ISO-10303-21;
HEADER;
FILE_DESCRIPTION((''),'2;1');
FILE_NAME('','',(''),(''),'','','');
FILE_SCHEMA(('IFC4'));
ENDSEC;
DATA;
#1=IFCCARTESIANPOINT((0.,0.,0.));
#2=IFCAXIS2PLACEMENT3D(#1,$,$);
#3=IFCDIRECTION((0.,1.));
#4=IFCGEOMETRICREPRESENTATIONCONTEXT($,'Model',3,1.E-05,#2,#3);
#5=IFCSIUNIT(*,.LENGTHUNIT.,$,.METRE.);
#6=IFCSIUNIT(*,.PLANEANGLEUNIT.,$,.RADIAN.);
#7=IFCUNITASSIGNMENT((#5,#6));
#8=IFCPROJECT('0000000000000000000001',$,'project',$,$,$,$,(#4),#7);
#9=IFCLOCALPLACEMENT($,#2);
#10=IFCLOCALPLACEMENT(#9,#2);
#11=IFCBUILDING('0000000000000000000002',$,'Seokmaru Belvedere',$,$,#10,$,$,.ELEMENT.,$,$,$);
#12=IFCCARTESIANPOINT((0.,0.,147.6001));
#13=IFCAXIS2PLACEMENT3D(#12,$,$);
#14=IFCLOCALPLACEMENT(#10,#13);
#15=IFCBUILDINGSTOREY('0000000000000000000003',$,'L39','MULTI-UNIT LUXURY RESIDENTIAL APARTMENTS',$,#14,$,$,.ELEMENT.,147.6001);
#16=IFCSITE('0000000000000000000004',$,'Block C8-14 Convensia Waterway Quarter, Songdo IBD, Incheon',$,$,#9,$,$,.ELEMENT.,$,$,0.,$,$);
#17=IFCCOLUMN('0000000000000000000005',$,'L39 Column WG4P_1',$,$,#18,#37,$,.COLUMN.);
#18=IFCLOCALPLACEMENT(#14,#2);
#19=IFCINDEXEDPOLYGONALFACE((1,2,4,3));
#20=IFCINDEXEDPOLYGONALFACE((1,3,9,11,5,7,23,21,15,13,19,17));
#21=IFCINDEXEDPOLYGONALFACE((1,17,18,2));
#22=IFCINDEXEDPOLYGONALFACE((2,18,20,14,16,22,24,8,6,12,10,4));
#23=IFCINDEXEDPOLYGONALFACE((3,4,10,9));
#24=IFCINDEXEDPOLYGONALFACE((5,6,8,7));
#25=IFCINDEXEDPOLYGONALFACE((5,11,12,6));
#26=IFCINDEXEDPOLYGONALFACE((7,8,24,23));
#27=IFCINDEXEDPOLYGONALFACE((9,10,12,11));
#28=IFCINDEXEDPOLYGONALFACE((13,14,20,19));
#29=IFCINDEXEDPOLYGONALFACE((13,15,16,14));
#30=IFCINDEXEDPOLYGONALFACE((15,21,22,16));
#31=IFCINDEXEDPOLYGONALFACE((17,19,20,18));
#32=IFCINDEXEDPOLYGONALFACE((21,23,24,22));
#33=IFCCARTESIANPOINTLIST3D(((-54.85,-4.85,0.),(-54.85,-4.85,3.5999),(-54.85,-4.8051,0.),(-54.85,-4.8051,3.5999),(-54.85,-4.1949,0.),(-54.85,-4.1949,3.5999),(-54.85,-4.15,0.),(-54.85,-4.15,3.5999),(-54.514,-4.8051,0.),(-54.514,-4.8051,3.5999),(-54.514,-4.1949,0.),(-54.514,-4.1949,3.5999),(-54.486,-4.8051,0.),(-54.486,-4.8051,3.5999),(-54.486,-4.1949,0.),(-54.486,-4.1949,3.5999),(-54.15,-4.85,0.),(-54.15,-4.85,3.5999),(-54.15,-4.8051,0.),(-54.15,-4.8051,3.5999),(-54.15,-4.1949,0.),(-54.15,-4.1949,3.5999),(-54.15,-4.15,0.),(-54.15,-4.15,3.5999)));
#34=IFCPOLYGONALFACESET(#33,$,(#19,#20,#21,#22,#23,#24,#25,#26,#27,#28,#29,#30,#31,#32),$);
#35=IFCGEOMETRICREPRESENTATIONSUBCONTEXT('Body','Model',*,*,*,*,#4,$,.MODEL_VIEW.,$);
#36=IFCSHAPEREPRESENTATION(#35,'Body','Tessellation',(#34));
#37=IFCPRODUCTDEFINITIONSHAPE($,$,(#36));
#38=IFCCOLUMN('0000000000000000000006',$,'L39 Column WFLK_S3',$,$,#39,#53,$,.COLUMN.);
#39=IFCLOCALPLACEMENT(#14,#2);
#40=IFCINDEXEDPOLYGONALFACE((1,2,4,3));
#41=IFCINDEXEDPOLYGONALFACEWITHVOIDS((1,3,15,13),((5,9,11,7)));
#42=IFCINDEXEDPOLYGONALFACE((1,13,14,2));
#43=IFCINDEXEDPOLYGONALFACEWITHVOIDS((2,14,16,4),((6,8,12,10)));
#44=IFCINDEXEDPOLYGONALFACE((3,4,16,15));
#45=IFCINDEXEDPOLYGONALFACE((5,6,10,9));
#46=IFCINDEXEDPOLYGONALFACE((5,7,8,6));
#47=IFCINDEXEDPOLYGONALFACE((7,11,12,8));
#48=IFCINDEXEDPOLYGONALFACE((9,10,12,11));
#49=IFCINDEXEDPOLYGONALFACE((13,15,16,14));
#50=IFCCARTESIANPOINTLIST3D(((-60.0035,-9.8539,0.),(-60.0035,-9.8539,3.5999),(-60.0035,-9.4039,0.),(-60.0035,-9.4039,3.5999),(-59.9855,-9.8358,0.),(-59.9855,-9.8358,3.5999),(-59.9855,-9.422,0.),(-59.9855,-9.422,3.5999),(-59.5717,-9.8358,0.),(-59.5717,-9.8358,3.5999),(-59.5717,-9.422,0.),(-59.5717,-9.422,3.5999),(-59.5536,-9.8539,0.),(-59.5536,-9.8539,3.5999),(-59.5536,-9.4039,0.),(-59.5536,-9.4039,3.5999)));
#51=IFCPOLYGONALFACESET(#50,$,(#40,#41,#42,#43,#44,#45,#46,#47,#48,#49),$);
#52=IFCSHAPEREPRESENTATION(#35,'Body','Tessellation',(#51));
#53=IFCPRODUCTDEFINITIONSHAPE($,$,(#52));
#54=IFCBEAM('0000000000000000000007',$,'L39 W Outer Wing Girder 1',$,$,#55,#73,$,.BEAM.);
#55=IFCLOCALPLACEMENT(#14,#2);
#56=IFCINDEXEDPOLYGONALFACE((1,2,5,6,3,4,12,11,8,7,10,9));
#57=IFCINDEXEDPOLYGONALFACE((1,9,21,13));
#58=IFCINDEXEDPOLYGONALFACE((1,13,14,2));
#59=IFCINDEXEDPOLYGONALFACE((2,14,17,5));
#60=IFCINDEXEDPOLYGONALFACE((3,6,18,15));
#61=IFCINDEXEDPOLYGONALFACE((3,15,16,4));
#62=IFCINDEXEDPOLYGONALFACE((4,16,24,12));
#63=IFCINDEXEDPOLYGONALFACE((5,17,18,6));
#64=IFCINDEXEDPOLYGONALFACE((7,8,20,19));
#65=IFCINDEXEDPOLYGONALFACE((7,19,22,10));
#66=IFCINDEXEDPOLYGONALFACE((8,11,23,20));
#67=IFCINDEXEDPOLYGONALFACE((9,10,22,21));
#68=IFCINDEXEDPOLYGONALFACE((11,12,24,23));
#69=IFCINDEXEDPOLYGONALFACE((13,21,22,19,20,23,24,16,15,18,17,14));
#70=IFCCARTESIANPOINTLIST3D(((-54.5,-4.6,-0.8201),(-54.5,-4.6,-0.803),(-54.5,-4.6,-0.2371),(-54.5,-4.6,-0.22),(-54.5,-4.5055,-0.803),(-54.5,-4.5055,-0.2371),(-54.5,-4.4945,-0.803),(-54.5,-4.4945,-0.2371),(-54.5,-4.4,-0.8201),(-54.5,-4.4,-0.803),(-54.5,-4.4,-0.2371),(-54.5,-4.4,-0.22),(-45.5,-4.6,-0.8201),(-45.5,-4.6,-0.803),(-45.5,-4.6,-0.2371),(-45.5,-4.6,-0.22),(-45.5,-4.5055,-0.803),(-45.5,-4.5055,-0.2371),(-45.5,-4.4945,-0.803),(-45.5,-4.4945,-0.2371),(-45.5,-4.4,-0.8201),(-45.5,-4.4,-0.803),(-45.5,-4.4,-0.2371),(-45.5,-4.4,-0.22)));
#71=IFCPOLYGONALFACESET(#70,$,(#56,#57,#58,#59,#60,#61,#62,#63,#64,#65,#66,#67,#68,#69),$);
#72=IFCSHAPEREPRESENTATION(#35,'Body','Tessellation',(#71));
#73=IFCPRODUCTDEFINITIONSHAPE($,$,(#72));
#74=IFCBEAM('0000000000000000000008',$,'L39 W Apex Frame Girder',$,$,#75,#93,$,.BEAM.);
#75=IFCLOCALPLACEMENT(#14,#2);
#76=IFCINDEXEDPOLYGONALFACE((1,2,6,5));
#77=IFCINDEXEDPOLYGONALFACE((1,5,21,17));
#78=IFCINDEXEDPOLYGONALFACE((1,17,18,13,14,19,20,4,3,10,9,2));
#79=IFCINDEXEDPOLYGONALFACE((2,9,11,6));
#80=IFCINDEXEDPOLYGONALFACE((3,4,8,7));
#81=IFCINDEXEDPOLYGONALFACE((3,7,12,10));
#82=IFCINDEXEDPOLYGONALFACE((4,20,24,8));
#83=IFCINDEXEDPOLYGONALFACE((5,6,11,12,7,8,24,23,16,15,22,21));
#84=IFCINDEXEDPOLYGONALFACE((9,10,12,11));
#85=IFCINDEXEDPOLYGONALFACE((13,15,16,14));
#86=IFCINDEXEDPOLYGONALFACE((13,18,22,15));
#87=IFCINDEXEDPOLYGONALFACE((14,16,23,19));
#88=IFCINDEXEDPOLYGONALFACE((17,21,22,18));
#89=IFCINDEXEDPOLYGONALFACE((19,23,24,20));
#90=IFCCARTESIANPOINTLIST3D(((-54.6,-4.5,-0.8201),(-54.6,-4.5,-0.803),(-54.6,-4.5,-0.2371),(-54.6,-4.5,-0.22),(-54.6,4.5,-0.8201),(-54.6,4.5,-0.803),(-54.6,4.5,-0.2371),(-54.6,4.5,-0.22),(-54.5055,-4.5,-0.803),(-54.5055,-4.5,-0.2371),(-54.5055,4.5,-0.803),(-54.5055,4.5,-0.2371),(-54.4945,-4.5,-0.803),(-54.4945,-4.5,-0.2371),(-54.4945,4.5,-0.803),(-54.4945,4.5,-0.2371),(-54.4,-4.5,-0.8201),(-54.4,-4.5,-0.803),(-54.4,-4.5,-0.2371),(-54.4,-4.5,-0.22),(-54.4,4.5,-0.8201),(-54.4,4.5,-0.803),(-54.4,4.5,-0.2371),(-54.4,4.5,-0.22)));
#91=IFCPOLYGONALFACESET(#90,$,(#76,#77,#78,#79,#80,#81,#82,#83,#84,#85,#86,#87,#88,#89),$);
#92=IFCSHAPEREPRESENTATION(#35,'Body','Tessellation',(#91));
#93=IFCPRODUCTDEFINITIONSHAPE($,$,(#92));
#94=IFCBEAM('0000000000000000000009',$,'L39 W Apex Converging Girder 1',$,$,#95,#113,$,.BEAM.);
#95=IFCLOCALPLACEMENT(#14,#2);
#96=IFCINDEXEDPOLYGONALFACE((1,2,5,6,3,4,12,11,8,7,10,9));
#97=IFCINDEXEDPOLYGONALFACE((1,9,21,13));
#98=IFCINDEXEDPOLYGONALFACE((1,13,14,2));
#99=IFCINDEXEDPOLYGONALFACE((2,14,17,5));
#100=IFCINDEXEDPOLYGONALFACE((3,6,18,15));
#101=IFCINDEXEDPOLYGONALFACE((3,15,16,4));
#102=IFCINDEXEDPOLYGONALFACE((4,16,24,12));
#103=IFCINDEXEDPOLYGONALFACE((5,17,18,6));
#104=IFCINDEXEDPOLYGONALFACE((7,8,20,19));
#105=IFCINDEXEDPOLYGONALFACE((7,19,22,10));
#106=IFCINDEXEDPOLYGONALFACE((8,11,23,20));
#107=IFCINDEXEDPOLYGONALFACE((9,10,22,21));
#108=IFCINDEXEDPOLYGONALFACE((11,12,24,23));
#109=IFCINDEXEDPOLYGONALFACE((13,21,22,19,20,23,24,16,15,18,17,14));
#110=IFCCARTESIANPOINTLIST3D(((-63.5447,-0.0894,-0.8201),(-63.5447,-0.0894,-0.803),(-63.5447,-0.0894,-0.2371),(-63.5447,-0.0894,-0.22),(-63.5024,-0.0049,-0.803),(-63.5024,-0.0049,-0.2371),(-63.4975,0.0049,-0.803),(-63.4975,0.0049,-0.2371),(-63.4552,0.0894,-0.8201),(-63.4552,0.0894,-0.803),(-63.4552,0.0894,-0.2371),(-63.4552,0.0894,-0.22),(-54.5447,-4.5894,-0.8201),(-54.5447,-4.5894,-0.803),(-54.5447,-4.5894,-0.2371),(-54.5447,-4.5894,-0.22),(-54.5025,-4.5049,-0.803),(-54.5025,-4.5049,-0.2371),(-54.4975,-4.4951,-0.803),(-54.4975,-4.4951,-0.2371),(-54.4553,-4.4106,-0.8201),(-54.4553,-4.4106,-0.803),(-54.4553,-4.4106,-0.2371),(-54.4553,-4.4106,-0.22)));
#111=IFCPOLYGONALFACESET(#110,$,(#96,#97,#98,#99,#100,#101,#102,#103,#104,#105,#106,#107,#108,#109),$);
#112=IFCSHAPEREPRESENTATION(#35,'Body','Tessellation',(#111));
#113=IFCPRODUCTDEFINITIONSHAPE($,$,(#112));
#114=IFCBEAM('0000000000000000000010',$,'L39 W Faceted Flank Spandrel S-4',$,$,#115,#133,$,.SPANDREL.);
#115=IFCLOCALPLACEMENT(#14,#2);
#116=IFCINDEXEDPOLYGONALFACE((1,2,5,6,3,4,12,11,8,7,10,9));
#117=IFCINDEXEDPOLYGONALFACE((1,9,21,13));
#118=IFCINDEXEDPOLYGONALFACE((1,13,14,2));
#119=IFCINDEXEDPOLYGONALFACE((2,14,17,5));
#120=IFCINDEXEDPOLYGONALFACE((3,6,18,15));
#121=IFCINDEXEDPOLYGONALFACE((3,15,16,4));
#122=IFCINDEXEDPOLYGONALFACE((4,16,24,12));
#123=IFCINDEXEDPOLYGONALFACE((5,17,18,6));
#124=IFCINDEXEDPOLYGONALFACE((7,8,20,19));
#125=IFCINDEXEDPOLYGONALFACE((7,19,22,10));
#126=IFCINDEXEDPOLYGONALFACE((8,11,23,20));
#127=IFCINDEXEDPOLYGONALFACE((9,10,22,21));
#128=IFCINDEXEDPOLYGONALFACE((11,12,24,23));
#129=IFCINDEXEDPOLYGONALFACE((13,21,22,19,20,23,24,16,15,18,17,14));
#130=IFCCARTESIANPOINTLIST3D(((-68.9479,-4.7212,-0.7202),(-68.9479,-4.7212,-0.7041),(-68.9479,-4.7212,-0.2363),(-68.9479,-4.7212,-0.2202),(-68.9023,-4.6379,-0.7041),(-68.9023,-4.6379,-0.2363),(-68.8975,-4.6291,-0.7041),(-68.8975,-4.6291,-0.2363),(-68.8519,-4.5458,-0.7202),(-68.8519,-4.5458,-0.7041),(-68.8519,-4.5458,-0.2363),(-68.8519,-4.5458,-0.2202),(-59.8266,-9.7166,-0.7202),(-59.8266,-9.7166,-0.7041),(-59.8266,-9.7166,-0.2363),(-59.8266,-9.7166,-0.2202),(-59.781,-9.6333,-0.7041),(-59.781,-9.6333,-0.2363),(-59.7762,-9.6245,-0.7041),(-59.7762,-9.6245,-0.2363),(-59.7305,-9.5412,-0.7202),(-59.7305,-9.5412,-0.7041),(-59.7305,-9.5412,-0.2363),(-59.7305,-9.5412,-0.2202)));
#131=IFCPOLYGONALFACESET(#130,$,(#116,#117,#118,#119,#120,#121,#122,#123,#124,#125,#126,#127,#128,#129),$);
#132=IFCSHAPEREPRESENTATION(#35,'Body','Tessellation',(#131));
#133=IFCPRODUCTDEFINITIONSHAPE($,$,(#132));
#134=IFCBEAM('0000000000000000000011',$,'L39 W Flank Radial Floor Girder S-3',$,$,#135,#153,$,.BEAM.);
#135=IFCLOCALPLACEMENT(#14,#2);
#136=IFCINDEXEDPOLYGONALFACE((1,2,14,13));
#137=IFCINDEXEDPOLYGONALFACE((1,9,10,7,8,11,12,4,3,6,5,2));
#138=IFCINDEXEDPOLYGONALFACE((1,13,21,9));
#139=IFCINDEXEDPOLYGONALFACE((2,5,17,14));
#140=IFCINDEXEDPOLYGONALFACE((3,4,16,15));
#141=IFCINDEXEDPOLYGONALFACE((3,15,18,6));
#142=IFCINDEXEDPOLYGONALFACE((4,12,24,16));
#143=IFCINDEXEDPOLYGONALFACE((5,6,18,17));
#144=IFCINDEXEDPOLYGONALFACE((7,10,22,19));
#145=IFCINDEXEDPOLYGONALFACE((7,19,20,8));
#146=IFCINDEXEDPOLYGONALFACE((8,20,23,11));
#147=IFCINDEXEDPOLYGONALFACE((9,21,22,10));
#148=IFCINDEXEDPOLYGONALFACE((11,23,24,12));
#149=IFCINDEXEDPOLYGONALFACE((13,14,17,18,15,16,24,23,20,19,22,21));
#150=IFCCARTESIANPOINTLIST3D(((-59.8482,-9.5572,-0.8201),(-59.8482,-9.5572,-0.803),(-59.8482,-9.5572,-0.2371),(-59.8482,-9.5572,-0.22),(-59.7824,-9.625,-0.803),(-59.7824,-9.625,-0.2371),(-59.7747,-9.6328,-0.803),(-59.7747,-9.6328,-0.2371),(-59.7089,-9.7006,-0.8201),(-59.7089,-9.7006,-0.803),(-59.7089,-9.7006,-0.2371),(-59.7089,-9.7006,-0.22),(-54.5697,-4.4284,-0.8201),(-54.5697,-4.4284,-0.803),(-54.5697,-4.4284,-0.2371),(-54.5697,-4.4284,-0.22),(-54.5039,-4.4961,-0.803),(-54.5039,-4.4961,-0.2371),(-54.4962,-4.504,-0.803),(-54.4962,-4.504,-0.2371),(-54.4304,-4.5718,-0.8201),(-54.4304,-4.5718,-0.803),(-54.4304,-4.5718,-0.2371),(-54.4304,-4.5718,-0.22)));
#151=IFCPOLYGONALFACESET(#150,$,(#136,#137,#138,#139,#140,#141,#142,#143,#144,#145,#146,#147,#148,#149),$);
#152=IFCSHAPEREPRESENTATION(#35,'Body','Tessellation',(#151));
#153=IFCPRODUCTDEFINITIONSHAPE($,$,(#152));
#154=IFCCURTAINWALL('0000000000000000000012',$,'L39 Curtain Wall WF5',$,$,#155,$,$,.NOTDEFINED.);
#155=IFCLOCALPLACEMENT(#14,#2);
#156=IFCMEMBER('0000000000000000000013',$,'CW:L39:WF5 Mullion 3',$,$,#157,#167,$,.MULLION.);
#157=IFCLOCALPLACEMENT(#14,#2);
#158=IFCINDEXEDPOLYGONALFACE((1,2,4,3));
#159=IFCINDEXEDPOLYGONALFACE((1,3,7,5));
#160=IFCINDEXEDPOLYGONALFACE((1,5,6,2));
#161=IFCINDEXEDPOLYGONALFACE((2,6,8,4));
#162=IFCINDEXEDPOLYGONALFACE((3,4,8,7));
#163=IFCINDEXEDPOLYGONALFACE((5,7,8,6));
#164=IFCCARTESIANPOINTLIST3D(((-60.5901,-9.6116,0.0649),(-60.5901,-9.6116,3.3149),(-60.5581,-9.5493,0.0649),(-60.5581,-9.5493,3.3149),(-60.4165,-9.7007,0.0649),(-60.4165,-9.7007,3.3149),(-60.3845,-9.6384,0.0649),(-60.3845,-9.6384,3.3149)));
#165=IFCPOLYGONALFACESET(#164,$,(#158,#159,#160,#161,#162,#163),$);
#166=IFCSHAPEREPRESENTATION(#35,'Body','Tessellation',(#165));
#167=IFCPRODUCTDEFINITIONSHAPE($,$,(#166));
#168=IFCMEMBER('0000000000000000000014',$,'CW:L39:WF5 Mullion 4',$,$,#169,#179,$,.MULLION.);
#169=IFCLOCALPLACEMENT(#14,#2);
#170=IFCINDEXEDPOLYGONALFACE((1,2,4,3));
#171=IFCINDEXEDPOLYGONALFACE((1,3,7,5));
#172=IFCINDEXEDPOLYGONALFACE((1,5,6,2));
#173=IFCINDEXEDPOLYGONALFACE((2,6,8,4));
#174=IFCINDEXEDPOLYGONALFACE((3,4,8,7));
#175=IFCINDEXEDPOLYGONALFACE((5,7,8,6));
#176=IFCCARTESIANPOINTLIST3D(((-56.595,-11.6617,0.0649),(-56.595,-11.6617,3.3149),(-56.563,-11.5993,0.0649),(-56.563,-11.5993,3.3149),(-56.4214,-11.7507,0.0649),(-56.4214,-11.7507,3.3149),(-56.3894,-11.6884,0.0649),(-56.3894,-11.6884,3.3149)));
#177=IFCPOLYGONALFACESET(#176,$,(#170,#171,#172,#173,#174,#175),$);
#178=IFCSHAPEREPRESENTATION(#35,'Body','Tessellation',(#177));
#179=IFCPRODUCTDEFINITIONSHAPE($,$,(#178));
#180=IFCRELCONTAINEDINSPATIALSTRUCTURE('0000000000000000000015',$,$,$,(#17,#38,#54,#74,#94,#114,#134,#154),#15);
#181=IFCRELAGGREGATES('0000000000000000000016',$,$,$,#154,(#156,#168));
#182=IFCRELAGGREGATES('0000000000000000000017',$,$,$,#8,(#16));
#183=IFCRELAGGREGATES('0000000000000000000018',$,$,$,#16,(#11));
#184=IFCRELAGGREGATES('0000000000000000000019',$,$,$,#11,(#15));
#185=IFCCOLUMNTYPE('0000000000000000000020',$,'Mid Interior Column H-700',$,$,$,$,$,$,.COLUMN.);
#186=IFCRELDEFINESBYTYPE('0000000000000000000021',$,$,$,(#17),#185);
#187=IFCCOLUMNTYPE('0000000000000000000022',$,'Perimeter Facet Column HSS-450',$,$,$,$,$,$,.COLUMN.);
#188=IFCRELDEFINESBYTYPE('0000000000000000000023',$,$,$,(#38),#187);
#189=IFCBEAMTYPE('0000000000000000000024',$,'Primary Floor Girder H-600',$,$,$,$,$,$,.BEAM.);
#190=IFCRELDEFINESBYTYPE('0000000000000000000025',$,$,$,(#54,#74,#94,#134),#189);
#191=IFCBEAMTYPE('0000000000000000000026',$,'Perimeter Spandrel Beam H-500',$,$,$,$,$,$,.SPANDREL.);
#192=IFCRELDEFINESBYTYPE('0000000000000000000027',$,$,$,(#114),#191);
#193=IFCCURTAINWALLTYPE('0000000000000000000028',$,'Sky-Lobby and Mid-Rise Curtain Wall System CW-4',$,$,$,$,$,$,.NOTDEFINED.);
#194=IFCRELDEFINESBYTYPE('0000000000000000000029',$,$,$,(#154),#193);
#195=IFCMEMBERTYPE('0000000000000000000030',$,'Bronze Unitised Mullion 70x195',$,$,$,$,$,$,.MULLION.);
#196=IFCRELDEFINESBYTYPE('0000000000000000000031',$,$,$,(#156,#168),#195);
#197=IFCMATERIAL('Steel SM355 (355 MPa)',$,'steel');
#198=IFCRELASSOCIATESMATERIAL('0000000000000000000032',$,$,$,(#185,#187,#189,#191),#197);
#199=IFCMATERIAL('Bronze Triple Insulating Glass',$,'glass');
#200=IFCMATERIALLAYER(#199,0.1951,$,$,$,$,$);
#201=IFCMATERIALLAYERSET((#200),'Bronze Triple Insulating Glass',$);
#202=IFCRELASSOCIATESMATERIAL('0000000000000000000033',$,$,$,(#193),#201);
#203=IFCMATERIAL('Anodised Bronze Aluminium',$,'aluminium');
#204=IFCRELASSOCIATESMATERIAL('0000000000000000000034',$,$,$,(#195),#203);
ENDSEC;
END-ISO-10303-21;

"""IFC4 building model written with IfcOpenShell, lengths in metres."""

from ifc_helpers import new_model, si_unit, direction, frame, origin, origin_2d, place, context, subcontext, project, spatial, rectangle, hollow_rectangle, i_section, extrude, source, transform, mapped, material, layer, layer_set, material_profile, profile_set, type_object, type_shapes, element, aggregate, save


model = new_model("IFC4")

# Units and contexts
model_context = context("Model", 3, precision=1e-05, world=origin(), true_north=direction((0.0, 1.0)))
body_context = subcontext(model_context, "Body", "Model", "MODEL_VIEW")
ifc_project = project(units=[si_unit("LENGTHUNIT", "METRE"), si_unit("PLANEANGLEUNIT", "RADIAN")], contexts=[model_context])

# Site, building, storey
site_placement = place(None, origin())
site = spatial("IfcSite", under=ifc_project, at=site_placement, Name="Block C8-14 Convensia Waterway Quarter, Songdo IBD, Incheon", CompositionType="ELEMENT", RefElevation=0.0)
building_placement = place(site_placement, origin())
building = spatial("IfcBuilding", under=site, at=building_placement, Name="Seokmaru Belvedere", CompositionType="ELEMENT")
storey_placement = place(building_placement, frame((0.0, 0.0, 147.6001)))
storey = spatial("IfcBuildingStorey", under=building, at=storey_placement, Name="L39", Description="MULTI-UNIT LUXURY RESIDENTIAL APARTMENTS", CompositionType="ELEMENT", Elevation=147.6001)

# Columns
ifc_material_1 = material(Name="Steel SM355 (355 MPa)", Category="steel")
ifc_material_profile_1 = material_profile(ifc_material_1, i_section(OverallWidth=0.7, OverallDepth=0.7, WebThickness=0.0281, FlangeThickness=0.0449, at=origin_2d()), Name="H-700x700x28x45")
ifc_profile_set_1 = profile_set([ifc_material_profile_1], Name="Steel SM355 (355 MPa)")
column_type_1 = type_object("IfcColumnType", Name="Mid Interior Column H-700", PredefinedType="COLUMN", material=ifc_profile_set_1)
shared_shape_1 = source(origin(), body_context, "Body", "SweptSolid", [
    extrude(i_section(OverallWidth=0.7, OverallDepth=0.7, WebThickness=0.0281, FlangeThickness=0.0449, at=origin_2d()), origin(), (0.0, 0.0, 1.0), 3.5999),
])
type_shapes(column_type_1, [shared_shape_1])
column_1_placement = place(storey_placement, frame((-54.5, -4.5, 0.0), z_axis=(0.0, 0.0, 1.0), x_axis=(1.0, 0.0, 0.0)))
element("IfcColumn", 1, at=column_1_placement, inside=storey, type_object=column_type_1, Name="L39 Column WG4P_1", PredefinedType="COLUMN", context=body_context, shape_type="MappedRepresentation", body=[
    mapped(shared_shape_1, transform((0.0, 0.0, 0.0), scale=1.0)),
])
ifc_material_profile_2 = material_profile(ifc_material_1, hollow_rectangle(XDim=0.45, YDim=0.45, WallThickness=0.0181, at=origin_2d()), Name="HSS-450x450x18")
ifc_profile_set_2 = profile_set([ifc_material_profile_2], Name="Steel SM355 (355 MPa)")
column_type_2 = type_object("IfcColumnType", Name="Perimeter Facet Column HSS-450", PredefinedType="COLUMN", material=ifc_profile_set_2)
shared_shape_2 = source(origin(), body_context, "Body", "SweptSolid", [
    extrude(hollow_rectangle(XDim=0.45, YDim=0.45, WallThickness=0.0181, at=origin_2d()), origin(), (0.0, 0.0, 1.0), 3.5999),
])
type_shapes(column_type_2, [shared_shape_2])
column_2_placement = place(storey_placement, frame((-59.7786, -9.6289, 0.0), z_axis=(0.0, 0.0, 1.0), x_axis=(1.0, 0.0, 0.0)))
element("IfcColumn", 2, at=column_2_placement, inside=storey, type_object=column_type_2, Name="L39 Column WFLK_S3", PredefinedType="COLUMN", context=body_context, shape_type="MappedRepresentation", body=[
    mapped(shared_shape_2, transform((0.0, 0.0, 0.0), scale=1.0)),
])

# Beams
ifc_material_profile_3 = material_profile(ifc_material_1, i_section(OverallWidth=0.2, OverallDepth=0.6001, WebThickness=0.011, FlangeThickness=0.0171, at=origin_2d()), Name="H-600x200x11x17")
ifc_profile_set_3 = profile_set([ifc_material_profile_3], Name="Steel SM355 (355 MPa)")
beam_type_1 = type_object("IfcBeamType", Name="Primary Floor Girder H-600", PredefinedType="BEAM", material=ifc_profile_set_3)
shared_shape_3 = source(origin(), body_context, "Body", "SweptSolid", [
    extrude(i_section(OverallWidth=0.2, OverallDepth=0.6001, WebThickness=0.011, FlangeThickness=0.0171, at=origin_2d()), origin(), (0.0, 0.0, 1.0), 9.0),
])
for number, where, z_axis, x_axis, name in (
    (3, (-54.5, -4.5, -0.52), (1.0, 0.0, 0.0), (0.0, 1.0, 0.0), "L39 W Outer Wing Girder 1"),
    (4, (-54.5, -4.5, -0.52), (0.0, 1.0, 0.0), (-1.0, 0.0, 0.0), "L39 W Apex Frame Girder"),
):
    element("IfcBeam", number, at=place(storey_placement, frame(where, z_axis=z_axis, x_axis=x_axis)), inside=storey, type_object=beam_type_1, Name=name, PredefinedType="BEAM", context=body_context, shape_type="MappedRepresentation", body=[
        mapped(shared_shape_3, transform((0.0, 0.0, 0.0), scale=1.0)),
    ])
shared_shape_4 = source(origin(), body_context, "Body", "SweptSolid", [
    extrude(i_section(OverallWidth=0.2, OverallDepth=0.6001, WebThickness=0.011, FlangeThickness=0.0171, at=origin_2d()), origin(), (0.0, 0.0, 1.0), 10.0623),
])
beam_1_placement = place(storey_placement, frame((-54.5, -4.5, -0.52), z_axis=(-0.894427, 0.447214, 0.0), x_axis=(-0.447214, -0.894427, 0.0)))
element("IfcBeam", 5, at=beam_1_placement, inside=storey, type_object=beam_type_1, Name="L39 W Apex Converging Girder 1", PredefinedType="BEAM", context=body_context, shape_type="MappedRepresentation", body=[
    mapped(shared_shape_4, transform((0.0, 0.0, 0.0), scale=1.0)),
])
ifc_material_profile_4 = material_profile(ifc_material_1, i_section(OverallWidth=0.2, OverallDepth=0.5, WebThickness=0.01, FlangeThickness=0.0161, at=origin_2d()), Name="H-500x200x10x16")
ifc_profile_set_4 = profile_set([ifc_material_profile_4], Name="Steel SM355 (355 MPa)")
beam_type_2 = type_object("IfcBeamType", Name="Perimeter Spandrel Beam H-500", PredefinedType="SPANDREL", material=ifc_profile_set_4)
shared_shape_5 = source(origin(), body_context, "Body", "SweptSolid", [
    extrude(i_section(OverallWidth=0.2, OverallDepth=0.5, WebThickness=0.01, FlangeThickness=0.0161, at=origin_2d()), origin(), (0.0, 0.0, 1.0), 10.3997),
])
type_shapes(beam_type_2, [shared_shape_5])
beam_2_placement = place(storey_placement, frame((-59.7786, -9.6289, -0.4702), z_axis=(-0.877082, 0.48034, 0.0), x_axis=(-0.48034, -0.877082, 0.0)))
element("IfcBeam", 6, at=beam_2_placement, inside=storey, type_object=beam_type_2, Name="L39 W Faceted Flank Spandrel S-4", PredefinedType="SPANDREL", context=body_context, shape_type="MappedRepresentation", body=[
    mapped(shared_shape_5, transform((0.0, 0.0, 0.0), scale=1.0)),
])
shared_shape_6 = source(origin(), body_context, "Body", "SweptSolid", [
    extrude(i_section(OverallWidth=0.2, OverallDepth=0.6001, WebThickness=0.011, FlangeThickness=0.0171, at=origin_2d()), origin(), (0.0, 0.0, 1.0), 7.3599),
])
type_shapes(beam_type_1, [shared_shape_3, shared_shape_4, shared_shape_6])
beam_3_placement = place(storey_placement, frame((-59.7786, -9.6289, -0.52), z_axis=(0.717201, 0.696867, 0.0), x_axis=(-0.696867, 0.717201, 0.0)))
element("IfcBeam", 7, at=beam_3_placement, inside=storey, type_object=beam_type_1, Name="L39 W Flank Radial Floor Girder S-3", PredefinedType="BEAM", context=body_context, shape_type="MappedRepresentation", body=[
    mapped(shared_shape_6, transform((0.0, 0.0, 0.0), scale=1.0)),
])

# Curtain wall, members
ifc_material_2 = material(Name="Bronze Triple Insulating Glass", Category="glass")
ifc_layer_1 = layer(ifc_material_2, 0.1951)
ifc_layer_set_1 = layer_set([ifc_layer_1], Name="Bronze Triple Insulating Glass")
curtain_wall_type = type_object("IfcCurtainWallType", Name="Sky-Lobby and Mid-Rise Curtain Wall System CW-4", PredefinedType="NOTDEFINED", material=ifc_layer_set_1)
curtain_wall_placement = place(storey_placement, origin())
curtain_wall = element("IfcCurtainWall", 8, at=curtain_wall_placement, inside=storey, type_object=curtain_wall_type, Name="L39 Curtain Wall WF5", PredefinedType="NOTDEFINED")
ifc_material_3 = material(Name="Anodised Bronze Aluminium", Category="aluminium")
ifc_material_profile_5 = material_profile(ifc_material_3, rectangle(XDim=0.0701, YDim=0.1951, at=origin_2d()), Name="CW-M-70x195")
ifc_profile_set_5 = profile_set([ifc_material_profile_5], Name="Anodised Bronze Aluminium")
member_type = type_object("IfcMemberType", Name="Bronze Unitised Mullion 70x195", PredefinedType="MULLION", material=ifc_profile_set_5)
shared_shape_7 = source(origin(), body_context, "Body", "SweptSolid", [
    extrude(rectangle(XDim=0.0701, YDim=0.1951, at=origin_2d()), origin(), (0.0, 0.0, 1.0), 3.25),
])
type_shapes(member_type, [shared_shape_7])
member_1_placement = place(storey_placement, frame((-60.4873, -9.625, 0.0649), z_axis=(0.0, 0.0, 1.0), x_axis=(0.456555, 0.889695, 0.0)))
member_1 = element("IfcMember", 9, at=member_1_placement, type_object=member_type, Name="CW:L39:WF5 Mullion 3", PredefinedType="MULLION", context=body_context, shape_type="MappedRepresentation", body=[
    mapped(shared_shape_7, transform((0.0, 0.0, 0.0), scale=1.0)),
])
member_2_placement = place(storey_placement, frame((-56.4922, -11.675, 0.0649), z_axis=(0.0, 0.0, 1.0), x_axis=(0.456555, 0.889695, 0.0)))
member_2 = element("IfcMember", 10, at=member_2_placement, type_object=member_type, Name="CW:L39:WF5 Mullion 4", PredefinedType="MULLION", context=body_context, shape_type="MappedRepresentation", body=[
    mapped(shared_shape_7, transform((0.0, 0.0, 0.0), scale=1.0)),
])
aggregate(curtain_wall, [member_1, member_2])

save(model, "model.ifc")
